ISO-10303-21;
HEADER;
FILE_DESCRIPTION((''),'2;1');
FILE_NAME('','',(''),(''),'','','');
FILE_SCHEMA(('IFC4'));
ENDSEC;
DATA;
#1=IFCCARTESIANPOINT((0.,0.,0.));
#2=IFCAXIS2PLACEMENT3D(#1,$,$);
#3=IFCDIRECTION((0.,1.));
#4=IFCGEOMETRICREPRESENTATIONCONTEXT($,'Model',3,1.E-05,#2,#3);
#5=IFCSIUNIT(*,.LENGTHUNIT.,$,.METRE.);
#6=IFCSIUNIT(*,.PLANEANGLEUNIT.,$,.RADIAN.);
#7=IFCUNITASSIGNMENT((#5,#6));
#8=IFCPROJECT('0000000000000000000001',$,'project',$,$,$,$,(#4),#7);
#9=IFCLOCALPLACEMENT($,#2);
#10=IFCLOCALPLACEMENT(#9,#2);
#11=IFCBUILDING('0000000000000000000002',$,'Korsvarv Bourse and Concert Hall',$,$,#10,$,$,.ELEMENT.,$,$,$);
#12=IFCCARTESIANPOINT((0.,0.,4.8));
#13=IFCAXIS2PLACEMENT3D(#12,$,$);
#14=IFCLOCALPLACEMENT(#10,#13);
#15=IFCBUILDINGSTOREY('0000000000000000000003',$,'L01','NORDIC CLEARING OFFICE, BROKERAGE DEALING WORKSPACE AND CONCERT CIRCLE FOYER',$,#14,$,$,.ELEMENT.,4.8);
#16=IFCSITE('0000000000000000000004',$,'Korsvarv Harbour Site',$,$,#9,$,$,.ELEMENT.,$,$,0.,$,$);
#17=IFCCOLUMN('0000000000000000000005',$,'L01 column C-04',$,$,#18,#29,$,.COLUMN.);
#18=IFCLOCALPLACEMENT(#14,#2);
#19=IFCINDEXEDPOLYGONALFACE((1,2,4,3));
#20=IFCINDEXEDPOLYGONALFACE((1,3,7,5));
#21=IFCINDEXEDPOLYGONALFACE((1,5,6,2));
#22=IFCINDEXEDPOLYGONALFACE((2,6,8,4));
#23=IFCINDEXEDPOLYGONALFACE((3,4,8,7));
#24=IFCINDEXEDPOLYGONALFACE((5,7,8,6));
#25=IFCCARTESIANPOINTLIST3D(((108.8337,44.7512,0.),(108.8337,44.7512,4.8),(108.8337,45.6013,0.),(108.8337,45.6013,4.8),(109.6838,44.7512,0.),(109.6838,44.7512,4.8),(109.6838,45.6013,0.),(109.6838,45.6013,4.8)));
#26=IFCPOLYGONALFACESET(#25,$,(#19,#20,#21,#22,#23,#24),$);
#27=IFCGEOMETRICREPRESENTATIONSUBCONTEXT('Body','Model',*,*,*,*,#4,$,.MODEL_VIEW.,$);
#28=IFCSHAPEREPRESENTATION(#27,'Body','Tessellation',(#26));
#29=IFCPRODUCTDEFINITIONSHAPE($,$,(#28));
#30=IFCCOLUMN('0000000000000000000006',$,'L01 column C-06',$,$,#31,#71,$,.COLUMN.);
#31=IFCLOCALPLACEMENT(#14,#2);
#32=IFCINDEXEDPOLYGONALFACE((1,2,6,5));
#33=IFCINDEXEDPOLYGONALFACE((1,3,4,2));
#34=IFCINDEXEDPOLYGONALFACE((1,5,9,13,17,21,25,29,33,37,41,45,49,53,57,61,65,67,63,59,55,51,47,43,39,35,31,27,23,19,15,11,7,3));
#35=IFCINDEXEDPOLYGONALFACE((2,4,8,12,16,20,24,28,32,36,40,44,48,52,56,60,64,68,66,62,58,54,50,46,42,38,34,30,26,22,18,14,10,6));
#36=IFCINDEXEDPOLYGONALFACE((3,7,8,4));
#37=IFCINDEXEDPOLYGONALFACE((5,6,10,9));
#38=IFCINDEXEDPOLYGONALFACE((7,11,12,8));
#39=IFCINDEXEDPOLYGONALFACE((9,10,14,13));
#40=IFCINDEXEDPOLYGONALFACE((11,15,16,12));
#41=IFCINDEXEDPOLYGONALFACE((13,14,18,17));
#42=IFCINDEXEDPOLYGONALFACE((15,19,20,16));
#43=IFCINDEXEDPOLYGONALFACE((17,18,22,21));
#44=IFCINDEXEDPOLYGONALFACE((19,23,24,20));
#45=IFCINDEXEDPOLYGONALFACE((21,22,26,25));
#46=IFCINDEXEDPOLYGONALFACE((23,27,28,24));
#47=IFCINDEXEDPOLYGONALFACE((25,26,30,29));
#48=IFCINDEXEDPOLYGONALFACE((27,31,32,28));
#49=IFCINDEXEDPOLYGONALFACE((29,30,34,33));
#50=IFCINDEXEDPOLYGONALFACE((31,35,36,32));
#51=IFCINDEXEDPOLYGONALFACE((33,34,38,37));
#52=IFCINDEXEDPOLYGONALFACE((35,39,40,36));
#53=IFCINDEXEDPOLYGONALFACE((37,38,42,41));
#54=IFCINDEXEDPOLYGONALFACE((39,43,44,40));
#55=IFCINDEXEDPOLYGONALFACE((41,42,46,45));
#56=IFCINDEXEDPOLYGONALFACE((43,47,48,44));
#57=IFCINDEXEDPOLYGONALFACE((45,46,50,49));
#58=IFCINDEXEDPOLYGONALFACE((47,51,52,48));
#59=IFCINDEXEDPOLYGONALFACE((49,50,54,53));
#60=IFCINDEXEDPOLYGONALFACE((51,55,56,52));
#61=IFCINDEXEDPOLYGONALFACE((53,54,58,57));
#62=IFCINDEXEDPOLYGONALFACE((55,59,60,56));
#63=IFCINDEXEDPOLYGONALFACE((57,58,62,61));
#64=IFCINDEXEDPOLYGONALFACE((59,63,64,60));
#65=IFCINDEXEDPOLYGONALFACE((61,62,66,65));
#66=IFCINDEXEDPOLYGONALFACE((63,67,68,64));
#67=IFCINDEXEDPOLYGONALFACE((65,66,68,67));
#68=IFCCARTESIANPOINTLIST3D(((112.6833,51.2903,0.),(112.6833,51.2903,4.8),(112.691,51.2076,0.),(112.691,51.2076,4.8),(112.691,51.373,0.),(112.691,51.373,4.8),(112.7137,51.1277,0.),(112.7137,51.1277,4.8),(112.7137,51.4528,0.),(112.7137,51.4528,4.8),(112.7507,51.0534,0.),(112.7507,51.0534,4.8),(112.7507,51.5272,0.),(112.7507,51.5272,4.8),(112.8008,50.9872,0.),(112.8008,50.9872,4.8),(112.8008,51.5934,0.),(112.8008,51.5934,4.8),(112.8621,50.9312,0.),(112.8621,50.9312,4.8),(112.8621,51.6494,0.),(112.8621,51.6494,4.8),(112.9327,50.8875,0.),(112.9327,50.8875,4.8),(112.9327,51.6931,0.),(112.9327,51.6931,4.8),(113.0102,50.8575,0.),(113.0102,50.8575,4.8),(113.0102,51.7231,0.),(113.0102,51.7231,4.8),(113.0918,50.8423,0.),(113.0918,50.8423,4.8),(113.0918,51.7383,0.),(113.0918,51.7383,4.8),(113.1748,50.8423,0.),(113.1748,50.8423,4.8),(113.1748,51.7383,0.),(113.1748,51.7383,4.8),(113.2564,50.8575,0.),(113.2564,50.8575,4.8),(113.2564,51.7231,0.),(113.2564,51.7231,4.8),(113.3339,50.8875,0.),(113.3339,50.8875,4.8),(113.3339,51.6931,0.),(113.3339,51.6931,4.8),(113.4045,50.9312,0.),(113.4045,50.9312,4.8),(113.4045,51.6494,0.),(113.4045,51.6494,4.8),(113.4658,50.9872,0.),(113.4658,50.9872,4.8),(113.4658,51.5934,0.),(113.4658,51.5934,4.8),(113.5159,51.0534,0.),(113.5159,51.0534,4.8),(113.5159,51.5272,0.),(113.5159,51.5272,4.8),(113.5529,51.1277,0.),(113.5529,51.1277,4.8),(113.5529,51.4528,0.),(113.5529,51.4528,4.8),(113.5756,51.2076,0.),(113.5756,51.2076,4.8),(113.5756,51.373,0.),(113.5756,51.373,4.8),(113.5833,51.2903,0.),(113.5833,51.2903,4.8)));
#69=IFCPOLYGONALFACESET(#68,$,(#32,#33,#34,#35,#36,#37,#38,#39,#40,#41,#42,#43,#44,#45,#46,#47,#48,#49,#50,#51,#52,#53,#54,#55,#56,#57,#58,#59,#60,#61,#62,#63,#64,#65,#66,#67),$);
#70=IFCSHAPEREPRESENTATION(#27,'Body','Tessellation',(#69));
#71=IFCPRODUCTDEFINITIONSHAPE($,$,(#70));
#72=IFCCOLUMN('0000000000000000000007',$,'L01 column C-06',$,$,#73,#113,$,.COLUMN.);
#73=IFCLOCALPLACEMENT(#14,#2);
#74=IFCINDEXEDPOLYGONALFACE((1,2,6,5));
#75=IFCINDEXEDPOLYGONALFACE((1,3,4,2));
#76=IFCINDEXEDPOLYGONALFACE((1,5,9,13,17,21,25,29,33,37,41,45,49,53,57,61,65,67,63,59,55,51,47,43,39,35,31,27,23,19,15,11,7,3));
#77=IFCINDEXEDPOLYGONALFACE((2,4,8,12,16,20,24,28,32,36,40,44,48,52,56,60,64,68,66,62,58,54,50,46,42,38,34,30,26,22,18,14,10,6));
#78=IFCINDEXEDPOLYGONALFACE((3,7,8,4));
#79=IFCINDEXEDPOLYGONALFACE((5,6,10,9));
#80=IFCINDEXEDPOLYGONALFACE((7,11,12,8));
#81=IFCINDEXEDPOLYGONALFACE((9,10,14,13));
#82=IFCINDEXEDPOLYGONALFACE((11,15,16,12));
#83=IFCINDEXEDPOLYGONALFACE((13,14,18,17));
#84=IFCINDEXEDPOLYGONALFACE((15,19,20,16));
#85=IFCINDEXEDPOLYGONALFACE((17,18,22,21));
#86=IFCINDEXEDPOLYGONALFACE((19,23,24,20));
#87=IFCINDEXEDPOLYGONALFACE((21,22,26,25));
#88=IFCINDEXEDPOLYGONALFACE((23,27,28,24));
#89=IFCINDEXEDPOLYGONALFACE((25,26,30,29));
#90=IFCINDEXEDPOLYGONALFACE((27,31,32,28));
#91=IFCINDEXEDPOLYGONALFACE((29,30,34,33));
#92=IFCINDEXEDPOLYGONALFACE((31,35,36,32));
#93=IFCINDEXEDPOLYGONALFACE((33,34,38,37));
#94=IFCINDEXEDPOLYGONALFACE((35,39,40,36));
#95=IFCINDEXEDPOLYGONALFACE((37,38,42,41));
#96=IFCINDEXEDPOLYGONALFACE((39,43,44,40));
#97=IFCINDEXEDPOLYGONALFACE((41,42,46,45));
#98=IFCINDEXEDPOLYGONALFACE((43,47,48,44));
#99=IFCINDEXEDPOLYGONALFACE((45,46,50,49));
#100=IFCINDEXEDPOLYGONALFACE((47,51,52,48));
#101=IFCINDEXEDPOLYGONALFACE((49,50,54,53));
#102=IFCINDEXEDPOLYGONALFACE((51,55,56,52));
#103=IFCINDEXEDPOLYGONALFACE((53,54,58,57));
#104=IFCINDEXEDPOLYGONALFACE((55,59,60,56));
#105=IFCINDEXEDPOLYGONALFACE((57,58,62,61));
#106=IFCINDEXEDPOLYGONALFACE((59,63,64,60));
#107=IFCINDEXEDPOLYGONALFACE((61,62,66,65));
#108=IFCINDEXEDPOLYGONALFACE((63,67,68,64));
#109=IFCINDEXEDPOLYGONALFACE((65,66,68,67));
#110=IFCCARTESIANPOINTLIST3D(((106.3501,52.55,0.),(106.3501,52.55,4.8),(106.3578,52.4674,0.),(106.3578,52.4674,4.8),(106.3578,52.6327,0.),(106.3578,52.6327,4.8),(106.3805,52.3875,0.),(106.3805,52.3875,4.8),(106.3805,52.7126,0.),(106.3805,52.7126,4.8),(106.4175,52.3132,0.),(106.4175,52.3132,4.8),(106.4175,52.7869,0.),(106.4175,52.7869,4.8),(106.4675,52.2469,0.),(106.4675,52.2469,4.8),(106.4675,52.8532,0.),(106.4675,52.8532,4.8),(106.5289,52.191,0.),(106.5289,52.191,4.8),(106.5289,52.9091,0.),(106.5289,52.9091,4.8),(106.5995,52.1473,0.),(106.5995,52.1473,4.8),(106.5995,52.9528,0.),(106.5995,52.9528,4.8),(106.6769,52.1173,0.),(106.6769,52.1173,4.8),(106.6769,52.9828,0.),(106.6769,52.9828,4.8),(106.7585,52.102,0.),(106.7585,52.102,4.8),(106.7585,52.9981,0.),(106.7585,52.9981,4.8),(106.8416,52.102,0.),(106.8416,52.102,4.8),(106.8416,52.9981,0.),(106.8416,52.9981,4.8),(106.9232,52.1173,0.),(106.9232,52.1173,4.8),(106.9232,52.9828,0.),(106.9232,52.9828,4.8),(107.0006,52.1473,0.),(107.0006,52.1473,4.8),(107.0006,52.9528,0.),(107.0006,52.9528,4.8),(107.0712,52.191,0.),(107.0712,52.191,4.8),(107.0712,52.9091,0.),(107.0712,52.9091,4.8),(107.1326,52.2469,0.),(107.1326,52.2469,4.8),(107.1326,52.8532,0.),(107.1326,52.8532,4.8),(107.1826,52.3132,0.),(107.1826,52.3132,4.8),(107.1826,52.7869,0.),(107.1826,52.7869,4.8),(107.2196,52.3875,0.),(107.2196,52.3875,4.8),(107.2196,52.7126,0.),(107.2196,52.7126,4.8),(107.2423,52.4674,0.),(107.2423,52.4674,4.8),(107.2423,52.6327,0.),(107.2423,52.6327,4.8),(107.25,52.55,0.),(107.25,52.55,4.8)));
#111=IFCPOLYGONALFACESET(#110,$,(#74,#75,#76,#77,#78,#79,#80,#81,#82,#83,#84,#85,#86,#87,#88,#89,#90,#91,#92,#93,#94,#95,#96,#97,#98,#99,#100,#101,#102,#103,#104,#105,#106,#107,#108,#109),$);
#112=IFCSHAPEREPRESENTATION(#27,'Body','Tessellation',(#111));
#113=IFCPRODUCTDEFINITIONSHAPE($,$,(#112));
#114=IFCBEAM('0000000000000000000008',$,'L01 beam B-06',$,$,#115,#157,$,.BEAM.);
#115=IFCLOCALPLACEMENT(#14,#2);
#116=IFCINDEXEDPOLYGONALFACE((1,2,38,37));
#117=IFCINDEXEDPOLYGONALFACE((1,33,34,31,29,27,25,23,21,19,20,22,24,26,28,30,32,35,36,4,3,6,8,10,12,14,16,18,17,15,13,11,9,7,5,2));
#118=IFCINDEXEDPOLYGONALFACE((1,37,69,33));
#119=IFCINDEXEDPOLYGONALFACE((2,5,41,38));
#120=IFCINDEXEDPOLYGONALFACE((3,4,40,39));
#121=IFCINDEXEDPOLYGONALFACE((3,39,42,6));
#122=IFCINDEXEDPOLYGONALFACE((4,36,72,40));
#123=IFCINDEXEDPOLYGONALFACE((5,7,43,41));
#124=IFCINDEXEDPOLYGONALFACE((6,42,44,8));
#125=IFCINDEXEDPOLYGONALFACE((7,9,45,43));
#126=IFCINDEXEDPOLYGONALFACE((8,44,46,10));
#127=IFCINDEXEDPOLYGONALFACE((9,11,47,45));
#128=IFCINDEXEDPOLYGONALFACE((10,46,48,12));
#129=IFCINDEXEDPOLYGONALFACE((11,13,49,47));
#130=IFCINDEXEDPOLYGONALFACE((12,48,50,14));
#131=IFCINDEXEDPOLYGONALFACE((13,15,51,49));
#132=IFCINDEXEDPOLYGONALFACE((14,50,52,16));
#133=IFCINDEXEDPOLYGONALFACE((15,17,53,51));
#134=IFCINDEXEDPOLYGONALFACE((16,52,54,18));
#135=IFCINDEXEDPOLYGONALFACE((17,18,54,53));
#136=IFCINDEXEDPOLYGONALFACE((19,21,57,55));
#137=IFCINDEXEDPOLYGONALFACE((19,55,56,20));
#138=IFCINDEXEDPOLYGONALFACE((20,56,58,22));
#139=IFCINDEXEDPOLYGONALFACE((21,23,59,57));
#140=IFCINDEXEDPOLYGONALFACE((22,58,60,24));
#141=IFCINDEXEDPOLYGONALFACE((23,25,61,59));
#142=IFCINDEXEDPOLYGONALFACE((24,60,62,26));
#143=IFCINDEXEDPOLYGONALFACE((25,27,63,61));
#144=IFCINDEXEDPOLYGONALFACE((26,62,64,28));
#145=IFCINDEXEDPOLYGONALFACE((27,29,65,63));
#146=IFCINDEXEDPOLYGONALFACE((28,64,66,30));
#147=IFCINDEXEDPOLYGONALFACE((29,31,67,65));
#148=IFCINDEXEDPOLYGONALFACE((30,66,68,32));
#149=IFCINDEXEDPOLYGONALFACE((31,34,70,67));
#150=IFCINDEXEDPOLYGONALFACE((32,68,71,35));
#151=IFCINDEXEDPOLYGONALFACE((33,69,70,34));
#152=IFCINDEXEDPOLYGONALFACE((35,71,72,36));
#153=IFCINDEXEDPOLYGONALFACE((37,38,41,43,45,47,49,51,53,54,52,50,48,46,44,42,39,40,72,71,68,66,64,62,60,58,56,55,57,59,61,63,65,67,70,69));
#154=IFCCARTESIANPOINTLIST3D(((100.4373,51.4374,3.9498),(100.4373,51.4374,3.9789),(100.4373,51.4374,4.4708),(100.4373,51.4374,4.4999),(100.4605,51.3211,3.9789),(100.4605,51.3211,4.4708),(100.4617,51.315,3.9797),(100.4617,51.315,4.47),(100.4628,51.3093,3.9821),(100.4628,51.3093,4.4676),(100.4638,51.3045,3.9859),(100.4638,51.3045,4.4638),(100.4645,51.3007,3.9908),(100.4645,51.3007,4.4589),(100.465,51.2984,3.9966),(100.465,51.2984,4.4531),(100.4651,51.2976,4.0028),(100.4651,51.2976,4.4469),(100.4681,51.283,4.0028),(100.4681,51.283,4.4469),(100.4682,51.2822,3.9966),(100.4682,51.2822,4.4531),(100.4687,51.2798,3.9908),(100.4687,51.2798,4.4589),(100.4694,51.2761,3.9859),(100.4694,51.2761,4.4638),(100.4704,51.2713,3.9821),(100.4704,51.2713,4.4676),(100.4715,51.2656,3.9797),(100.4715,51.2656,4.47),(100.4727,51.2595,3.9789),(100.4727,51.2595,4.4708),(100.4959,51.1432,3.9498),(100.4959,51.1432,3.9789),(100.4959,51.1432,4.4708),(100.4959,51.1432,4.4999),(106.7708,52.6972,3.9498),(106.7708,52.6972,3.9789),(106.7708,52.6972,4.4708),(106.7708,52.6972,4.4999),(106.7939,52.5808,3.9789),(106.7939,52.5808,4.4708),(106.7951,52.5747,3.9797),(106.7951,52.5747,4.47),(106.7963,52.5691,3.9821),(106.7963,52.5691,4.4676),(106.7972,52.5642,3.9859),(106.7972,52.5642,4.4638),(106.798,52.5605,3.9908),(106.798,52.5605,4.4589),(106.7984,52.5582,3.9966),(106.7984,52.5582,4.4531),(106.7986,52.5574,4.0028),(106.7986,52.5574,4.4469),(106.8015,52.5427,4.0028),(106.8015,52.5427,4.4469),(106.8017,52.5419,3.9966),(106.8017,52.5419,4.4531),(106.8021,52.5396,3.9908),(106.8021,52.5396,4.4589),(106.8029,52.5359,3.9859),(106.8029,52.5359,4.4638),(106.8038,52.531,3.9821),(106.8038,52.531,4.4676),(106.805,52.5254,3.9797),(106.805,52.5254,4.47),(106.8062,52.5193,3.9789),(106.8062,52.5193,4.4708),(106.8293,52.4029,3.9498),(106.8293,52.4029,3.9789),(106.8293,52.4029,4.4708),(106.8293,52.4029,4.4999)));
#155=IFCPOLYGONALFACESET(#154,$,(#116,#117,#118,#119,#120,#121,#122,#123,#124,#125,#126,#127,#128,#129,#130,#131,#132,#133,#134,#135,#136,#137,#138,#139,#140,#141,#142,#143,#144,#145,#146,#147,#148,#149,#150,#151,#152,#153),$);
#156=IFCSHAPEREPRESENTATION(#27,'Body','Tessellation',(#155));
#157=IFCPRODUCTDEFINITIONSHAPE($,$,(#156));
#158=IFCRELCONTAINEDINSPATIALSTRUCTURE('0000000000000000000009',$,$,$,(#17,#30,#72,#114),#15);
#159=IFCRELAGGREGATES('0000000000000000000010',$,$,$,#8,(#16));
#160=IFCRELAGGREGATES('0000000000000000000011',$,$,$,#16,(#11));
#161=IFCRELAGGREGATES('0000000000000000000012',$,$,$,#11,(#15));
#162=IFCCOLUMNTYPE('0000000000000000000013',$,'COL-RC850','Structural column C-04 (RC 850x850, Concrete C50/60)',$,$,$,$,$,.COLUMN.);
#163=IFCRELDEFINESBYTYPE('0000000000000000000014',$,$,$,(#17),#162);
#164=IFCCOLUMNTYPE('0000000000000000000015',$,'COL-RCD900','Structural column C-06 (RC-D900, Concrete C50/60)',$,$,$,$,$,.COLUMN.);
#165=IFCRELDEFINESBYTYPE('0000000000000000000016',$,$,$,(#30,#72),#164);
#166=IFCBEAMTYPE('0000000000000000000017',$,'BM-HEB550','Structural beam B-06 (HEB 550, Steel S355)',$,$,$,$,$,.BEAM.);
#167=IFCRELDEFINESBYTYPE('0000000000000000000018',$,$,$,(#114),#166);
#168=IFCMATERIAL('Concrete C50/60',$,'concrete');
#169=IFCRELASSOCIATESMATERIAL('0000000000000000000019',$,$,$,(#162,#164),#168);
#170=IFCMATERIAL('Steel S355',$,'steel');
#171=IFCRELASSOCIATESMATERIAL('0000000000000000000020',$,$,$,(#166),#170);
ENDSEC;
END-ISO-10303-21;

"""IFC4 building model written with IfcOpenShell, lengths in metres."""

from ifc_helpers import new_model, si_unit, direction, frame, origin, origin_2d, place, context, subcontext, project, spatial, rectangle, circle, i_section, extrude, source, transform, mapped, material, material_profile, profile_set, type_object, element, save


model = new_model("IFC4")

# Units and contexts
model_context = context("Model", 3, precision=1e-05, world=origin(), true_north=direction((0.0, 1.0)))
body_context = subcontext(model_context, "Body", "Model", "MODEL_VIEW")
ifc_project = project(units=[si_unit("LENGTHUNIT", "METRE"), si_unit("PLANEANGLEUNIT", "RADIAN")], contexts=[model_context])

# Site, building, storey
site_placement = place(None, origin())
site = spatial("IfcSite", under=ifc_project, at=site_placement, Name="Korsvarv Harbour Site", CompositionType="ELEMENT", RefElevation=0.0)
building_placement = place(site_placement, origin())
building = spatial("IfcBuilding", under=site, at=building_placement, Name="Korsvarv Bourse and Concert Hall", CompositionType="ELEMENT")
storey_placement = place(building_placement, frame((0.0, 0.0, 4.8)))
storey = spatial("IfcBuildingStorey", under=building, at=storey_placement, Name="L01", Description="NORDIC CLEARING OFFICE, BROKERAGE DEALING WORKSPACE AND CONCERT CIRCLE FOYER", CompositionType="ELEMENT", Elevation=4.8)

# Columns
ifc_material_1 = material(Name="Concrete C50/60", Category="concrete")
ifc_material_profile_1 = material_profile(ifc_material_1, rectangle(XDim=0.8501, YDim=0.8501, at=origin_2d()), Name="RC 850x850")
ifc_profile_set_1 = profile_set([ifc_material_profile_1], Name="Concrete C50/60")
column_type_1 = type_object("IfcColumnType", Name="COL-RC850", Description="Structural column C-04 (RC 850x850, Concrete C50/60)", PredefinedType="COLUMN", material=ifc_profile_set_1)
shared_shape_1 = source(origin(), body_context, "Body", "SweptSolid", [
    extrude(rectangle(XDim=0.8501, YDim=0.8501, at=origin_2d()), origin(), (0.0, 0.0, 1.0), 4.8),
])
column_placement = place(storey_placement, frame((109.2588, 45.1763, 0.0), z_axis=(0.0, 0.0, 1.0), x_axis=(1.0, 0.0, 0.0)))
element("IfcColumn", 1, at=column_placement, inside=storey, type_object=column_type_1, Name="L01 column C-04", PredefinedType="COLUMN", context=body_context, shape_type="MappedRepresentation", body=[
    mapped(shared_shape_1, transform((0.0, 0.0, 0.0), scale=1.0)),
])
ifc_material_profile_2 = material_profile(ifc_material_1, circle(Radius=0.45, at=origin_2d()), Name="RC-D900")
ifc_profile_set_2 = profile_set([ifc_material_profile_2], Name="Concrete C50/60")
column_type_2 = type_object("IfcColumnType", Name="COL-RCD900", Description="Structural column C-06 (RC-D900, Concrete C50/60)", PredefinedType="COLUMN", material=ifc_profile_set_2)
shared_shape_2 = source(origin(), body_context, "Body", "SweptSolid", [
    extrude(circle(Radius=0.45, at=origin_2d()), origin(), (0.0, 0.0, 1.0), 4.8),
])
for number, where, z_axis, x_axis, name in (
    (2, (113.1333, 51.2903, 0.0), (0.0, 0.0, 1.0), (1.0, 0.0, 0.0), "L01 column C-06"),
    (3, (106.8, 52.55, 0.0), (0.0, 0.0, 1.0), (1.0, 0.0, 0.0), "L01 column C-06"),
):
    element("IfcColumn", number, at=place(storey_placement, frame(where, z_axis=z_axis, x_axis=x_axis)), inside=storey, type_object=column_type_2, Name=name, PredefinedType="COLUMN", context=body_context, shape_type="MappedRepresentation", body=[
        mapped(shared_shape_2, transform((0.0, 0.0, 0.0), scale=1.0)),
    ])

# Beam
ifc_material_2 = material(Name="Steel S355", Category="steel")
ifc_material_profile_3 = material_profile(ifc_material_2, i_section(OverallWidth=0.3, OverallDepth=0.55, WebThickness=0.0149, FlangeThickness=0.0291, FilletRadius=0.0239, at=origin_2d()), Name="HEB 550")
ifc_profile_set_3 = profile_set([ifc_material_profile_3], Name="Steel S355")
beam_type_1 = type_object("IfcBeamType", Name="BM-HEB550", Description="Structural beam B-06 (HEB 550, Steel S355)", PredefinedType="BEAM", material=ifc_profile_set_3)
shared_shape_3 = source(origin(), body_context, "Body", "SweptSolid", [
    extrude(i_section(OverallWidth=0.3, OverallDepth=0.55, WebThickness=0.0149, FlangeThickness=0.0291, FilletRadius=0.0239, at=origin_2d()), origin(), (0.0, 0.0, 1.0), 6.4575),
])
beam_1_placement = place(storey_placement, frame((106.8, 52.55, 4.2249), z_axis=(-0.980787, -0.195084, 0.0), x_axis=(0.195084, -0.980787, 0.0)))
element("IfcBeam", 4, at=beam_1_placement, inside=storey, type_object=beam_type_1, Name="L01 beam B-06", PredefinedType="BEAM", context=body_context, shape_type="MappedRepresentation", body=[
    mapped(shared_shape_3, transform((0.0, 0.0, 0.0), scale=1.0)),
])

save(model, "model.ifc")
